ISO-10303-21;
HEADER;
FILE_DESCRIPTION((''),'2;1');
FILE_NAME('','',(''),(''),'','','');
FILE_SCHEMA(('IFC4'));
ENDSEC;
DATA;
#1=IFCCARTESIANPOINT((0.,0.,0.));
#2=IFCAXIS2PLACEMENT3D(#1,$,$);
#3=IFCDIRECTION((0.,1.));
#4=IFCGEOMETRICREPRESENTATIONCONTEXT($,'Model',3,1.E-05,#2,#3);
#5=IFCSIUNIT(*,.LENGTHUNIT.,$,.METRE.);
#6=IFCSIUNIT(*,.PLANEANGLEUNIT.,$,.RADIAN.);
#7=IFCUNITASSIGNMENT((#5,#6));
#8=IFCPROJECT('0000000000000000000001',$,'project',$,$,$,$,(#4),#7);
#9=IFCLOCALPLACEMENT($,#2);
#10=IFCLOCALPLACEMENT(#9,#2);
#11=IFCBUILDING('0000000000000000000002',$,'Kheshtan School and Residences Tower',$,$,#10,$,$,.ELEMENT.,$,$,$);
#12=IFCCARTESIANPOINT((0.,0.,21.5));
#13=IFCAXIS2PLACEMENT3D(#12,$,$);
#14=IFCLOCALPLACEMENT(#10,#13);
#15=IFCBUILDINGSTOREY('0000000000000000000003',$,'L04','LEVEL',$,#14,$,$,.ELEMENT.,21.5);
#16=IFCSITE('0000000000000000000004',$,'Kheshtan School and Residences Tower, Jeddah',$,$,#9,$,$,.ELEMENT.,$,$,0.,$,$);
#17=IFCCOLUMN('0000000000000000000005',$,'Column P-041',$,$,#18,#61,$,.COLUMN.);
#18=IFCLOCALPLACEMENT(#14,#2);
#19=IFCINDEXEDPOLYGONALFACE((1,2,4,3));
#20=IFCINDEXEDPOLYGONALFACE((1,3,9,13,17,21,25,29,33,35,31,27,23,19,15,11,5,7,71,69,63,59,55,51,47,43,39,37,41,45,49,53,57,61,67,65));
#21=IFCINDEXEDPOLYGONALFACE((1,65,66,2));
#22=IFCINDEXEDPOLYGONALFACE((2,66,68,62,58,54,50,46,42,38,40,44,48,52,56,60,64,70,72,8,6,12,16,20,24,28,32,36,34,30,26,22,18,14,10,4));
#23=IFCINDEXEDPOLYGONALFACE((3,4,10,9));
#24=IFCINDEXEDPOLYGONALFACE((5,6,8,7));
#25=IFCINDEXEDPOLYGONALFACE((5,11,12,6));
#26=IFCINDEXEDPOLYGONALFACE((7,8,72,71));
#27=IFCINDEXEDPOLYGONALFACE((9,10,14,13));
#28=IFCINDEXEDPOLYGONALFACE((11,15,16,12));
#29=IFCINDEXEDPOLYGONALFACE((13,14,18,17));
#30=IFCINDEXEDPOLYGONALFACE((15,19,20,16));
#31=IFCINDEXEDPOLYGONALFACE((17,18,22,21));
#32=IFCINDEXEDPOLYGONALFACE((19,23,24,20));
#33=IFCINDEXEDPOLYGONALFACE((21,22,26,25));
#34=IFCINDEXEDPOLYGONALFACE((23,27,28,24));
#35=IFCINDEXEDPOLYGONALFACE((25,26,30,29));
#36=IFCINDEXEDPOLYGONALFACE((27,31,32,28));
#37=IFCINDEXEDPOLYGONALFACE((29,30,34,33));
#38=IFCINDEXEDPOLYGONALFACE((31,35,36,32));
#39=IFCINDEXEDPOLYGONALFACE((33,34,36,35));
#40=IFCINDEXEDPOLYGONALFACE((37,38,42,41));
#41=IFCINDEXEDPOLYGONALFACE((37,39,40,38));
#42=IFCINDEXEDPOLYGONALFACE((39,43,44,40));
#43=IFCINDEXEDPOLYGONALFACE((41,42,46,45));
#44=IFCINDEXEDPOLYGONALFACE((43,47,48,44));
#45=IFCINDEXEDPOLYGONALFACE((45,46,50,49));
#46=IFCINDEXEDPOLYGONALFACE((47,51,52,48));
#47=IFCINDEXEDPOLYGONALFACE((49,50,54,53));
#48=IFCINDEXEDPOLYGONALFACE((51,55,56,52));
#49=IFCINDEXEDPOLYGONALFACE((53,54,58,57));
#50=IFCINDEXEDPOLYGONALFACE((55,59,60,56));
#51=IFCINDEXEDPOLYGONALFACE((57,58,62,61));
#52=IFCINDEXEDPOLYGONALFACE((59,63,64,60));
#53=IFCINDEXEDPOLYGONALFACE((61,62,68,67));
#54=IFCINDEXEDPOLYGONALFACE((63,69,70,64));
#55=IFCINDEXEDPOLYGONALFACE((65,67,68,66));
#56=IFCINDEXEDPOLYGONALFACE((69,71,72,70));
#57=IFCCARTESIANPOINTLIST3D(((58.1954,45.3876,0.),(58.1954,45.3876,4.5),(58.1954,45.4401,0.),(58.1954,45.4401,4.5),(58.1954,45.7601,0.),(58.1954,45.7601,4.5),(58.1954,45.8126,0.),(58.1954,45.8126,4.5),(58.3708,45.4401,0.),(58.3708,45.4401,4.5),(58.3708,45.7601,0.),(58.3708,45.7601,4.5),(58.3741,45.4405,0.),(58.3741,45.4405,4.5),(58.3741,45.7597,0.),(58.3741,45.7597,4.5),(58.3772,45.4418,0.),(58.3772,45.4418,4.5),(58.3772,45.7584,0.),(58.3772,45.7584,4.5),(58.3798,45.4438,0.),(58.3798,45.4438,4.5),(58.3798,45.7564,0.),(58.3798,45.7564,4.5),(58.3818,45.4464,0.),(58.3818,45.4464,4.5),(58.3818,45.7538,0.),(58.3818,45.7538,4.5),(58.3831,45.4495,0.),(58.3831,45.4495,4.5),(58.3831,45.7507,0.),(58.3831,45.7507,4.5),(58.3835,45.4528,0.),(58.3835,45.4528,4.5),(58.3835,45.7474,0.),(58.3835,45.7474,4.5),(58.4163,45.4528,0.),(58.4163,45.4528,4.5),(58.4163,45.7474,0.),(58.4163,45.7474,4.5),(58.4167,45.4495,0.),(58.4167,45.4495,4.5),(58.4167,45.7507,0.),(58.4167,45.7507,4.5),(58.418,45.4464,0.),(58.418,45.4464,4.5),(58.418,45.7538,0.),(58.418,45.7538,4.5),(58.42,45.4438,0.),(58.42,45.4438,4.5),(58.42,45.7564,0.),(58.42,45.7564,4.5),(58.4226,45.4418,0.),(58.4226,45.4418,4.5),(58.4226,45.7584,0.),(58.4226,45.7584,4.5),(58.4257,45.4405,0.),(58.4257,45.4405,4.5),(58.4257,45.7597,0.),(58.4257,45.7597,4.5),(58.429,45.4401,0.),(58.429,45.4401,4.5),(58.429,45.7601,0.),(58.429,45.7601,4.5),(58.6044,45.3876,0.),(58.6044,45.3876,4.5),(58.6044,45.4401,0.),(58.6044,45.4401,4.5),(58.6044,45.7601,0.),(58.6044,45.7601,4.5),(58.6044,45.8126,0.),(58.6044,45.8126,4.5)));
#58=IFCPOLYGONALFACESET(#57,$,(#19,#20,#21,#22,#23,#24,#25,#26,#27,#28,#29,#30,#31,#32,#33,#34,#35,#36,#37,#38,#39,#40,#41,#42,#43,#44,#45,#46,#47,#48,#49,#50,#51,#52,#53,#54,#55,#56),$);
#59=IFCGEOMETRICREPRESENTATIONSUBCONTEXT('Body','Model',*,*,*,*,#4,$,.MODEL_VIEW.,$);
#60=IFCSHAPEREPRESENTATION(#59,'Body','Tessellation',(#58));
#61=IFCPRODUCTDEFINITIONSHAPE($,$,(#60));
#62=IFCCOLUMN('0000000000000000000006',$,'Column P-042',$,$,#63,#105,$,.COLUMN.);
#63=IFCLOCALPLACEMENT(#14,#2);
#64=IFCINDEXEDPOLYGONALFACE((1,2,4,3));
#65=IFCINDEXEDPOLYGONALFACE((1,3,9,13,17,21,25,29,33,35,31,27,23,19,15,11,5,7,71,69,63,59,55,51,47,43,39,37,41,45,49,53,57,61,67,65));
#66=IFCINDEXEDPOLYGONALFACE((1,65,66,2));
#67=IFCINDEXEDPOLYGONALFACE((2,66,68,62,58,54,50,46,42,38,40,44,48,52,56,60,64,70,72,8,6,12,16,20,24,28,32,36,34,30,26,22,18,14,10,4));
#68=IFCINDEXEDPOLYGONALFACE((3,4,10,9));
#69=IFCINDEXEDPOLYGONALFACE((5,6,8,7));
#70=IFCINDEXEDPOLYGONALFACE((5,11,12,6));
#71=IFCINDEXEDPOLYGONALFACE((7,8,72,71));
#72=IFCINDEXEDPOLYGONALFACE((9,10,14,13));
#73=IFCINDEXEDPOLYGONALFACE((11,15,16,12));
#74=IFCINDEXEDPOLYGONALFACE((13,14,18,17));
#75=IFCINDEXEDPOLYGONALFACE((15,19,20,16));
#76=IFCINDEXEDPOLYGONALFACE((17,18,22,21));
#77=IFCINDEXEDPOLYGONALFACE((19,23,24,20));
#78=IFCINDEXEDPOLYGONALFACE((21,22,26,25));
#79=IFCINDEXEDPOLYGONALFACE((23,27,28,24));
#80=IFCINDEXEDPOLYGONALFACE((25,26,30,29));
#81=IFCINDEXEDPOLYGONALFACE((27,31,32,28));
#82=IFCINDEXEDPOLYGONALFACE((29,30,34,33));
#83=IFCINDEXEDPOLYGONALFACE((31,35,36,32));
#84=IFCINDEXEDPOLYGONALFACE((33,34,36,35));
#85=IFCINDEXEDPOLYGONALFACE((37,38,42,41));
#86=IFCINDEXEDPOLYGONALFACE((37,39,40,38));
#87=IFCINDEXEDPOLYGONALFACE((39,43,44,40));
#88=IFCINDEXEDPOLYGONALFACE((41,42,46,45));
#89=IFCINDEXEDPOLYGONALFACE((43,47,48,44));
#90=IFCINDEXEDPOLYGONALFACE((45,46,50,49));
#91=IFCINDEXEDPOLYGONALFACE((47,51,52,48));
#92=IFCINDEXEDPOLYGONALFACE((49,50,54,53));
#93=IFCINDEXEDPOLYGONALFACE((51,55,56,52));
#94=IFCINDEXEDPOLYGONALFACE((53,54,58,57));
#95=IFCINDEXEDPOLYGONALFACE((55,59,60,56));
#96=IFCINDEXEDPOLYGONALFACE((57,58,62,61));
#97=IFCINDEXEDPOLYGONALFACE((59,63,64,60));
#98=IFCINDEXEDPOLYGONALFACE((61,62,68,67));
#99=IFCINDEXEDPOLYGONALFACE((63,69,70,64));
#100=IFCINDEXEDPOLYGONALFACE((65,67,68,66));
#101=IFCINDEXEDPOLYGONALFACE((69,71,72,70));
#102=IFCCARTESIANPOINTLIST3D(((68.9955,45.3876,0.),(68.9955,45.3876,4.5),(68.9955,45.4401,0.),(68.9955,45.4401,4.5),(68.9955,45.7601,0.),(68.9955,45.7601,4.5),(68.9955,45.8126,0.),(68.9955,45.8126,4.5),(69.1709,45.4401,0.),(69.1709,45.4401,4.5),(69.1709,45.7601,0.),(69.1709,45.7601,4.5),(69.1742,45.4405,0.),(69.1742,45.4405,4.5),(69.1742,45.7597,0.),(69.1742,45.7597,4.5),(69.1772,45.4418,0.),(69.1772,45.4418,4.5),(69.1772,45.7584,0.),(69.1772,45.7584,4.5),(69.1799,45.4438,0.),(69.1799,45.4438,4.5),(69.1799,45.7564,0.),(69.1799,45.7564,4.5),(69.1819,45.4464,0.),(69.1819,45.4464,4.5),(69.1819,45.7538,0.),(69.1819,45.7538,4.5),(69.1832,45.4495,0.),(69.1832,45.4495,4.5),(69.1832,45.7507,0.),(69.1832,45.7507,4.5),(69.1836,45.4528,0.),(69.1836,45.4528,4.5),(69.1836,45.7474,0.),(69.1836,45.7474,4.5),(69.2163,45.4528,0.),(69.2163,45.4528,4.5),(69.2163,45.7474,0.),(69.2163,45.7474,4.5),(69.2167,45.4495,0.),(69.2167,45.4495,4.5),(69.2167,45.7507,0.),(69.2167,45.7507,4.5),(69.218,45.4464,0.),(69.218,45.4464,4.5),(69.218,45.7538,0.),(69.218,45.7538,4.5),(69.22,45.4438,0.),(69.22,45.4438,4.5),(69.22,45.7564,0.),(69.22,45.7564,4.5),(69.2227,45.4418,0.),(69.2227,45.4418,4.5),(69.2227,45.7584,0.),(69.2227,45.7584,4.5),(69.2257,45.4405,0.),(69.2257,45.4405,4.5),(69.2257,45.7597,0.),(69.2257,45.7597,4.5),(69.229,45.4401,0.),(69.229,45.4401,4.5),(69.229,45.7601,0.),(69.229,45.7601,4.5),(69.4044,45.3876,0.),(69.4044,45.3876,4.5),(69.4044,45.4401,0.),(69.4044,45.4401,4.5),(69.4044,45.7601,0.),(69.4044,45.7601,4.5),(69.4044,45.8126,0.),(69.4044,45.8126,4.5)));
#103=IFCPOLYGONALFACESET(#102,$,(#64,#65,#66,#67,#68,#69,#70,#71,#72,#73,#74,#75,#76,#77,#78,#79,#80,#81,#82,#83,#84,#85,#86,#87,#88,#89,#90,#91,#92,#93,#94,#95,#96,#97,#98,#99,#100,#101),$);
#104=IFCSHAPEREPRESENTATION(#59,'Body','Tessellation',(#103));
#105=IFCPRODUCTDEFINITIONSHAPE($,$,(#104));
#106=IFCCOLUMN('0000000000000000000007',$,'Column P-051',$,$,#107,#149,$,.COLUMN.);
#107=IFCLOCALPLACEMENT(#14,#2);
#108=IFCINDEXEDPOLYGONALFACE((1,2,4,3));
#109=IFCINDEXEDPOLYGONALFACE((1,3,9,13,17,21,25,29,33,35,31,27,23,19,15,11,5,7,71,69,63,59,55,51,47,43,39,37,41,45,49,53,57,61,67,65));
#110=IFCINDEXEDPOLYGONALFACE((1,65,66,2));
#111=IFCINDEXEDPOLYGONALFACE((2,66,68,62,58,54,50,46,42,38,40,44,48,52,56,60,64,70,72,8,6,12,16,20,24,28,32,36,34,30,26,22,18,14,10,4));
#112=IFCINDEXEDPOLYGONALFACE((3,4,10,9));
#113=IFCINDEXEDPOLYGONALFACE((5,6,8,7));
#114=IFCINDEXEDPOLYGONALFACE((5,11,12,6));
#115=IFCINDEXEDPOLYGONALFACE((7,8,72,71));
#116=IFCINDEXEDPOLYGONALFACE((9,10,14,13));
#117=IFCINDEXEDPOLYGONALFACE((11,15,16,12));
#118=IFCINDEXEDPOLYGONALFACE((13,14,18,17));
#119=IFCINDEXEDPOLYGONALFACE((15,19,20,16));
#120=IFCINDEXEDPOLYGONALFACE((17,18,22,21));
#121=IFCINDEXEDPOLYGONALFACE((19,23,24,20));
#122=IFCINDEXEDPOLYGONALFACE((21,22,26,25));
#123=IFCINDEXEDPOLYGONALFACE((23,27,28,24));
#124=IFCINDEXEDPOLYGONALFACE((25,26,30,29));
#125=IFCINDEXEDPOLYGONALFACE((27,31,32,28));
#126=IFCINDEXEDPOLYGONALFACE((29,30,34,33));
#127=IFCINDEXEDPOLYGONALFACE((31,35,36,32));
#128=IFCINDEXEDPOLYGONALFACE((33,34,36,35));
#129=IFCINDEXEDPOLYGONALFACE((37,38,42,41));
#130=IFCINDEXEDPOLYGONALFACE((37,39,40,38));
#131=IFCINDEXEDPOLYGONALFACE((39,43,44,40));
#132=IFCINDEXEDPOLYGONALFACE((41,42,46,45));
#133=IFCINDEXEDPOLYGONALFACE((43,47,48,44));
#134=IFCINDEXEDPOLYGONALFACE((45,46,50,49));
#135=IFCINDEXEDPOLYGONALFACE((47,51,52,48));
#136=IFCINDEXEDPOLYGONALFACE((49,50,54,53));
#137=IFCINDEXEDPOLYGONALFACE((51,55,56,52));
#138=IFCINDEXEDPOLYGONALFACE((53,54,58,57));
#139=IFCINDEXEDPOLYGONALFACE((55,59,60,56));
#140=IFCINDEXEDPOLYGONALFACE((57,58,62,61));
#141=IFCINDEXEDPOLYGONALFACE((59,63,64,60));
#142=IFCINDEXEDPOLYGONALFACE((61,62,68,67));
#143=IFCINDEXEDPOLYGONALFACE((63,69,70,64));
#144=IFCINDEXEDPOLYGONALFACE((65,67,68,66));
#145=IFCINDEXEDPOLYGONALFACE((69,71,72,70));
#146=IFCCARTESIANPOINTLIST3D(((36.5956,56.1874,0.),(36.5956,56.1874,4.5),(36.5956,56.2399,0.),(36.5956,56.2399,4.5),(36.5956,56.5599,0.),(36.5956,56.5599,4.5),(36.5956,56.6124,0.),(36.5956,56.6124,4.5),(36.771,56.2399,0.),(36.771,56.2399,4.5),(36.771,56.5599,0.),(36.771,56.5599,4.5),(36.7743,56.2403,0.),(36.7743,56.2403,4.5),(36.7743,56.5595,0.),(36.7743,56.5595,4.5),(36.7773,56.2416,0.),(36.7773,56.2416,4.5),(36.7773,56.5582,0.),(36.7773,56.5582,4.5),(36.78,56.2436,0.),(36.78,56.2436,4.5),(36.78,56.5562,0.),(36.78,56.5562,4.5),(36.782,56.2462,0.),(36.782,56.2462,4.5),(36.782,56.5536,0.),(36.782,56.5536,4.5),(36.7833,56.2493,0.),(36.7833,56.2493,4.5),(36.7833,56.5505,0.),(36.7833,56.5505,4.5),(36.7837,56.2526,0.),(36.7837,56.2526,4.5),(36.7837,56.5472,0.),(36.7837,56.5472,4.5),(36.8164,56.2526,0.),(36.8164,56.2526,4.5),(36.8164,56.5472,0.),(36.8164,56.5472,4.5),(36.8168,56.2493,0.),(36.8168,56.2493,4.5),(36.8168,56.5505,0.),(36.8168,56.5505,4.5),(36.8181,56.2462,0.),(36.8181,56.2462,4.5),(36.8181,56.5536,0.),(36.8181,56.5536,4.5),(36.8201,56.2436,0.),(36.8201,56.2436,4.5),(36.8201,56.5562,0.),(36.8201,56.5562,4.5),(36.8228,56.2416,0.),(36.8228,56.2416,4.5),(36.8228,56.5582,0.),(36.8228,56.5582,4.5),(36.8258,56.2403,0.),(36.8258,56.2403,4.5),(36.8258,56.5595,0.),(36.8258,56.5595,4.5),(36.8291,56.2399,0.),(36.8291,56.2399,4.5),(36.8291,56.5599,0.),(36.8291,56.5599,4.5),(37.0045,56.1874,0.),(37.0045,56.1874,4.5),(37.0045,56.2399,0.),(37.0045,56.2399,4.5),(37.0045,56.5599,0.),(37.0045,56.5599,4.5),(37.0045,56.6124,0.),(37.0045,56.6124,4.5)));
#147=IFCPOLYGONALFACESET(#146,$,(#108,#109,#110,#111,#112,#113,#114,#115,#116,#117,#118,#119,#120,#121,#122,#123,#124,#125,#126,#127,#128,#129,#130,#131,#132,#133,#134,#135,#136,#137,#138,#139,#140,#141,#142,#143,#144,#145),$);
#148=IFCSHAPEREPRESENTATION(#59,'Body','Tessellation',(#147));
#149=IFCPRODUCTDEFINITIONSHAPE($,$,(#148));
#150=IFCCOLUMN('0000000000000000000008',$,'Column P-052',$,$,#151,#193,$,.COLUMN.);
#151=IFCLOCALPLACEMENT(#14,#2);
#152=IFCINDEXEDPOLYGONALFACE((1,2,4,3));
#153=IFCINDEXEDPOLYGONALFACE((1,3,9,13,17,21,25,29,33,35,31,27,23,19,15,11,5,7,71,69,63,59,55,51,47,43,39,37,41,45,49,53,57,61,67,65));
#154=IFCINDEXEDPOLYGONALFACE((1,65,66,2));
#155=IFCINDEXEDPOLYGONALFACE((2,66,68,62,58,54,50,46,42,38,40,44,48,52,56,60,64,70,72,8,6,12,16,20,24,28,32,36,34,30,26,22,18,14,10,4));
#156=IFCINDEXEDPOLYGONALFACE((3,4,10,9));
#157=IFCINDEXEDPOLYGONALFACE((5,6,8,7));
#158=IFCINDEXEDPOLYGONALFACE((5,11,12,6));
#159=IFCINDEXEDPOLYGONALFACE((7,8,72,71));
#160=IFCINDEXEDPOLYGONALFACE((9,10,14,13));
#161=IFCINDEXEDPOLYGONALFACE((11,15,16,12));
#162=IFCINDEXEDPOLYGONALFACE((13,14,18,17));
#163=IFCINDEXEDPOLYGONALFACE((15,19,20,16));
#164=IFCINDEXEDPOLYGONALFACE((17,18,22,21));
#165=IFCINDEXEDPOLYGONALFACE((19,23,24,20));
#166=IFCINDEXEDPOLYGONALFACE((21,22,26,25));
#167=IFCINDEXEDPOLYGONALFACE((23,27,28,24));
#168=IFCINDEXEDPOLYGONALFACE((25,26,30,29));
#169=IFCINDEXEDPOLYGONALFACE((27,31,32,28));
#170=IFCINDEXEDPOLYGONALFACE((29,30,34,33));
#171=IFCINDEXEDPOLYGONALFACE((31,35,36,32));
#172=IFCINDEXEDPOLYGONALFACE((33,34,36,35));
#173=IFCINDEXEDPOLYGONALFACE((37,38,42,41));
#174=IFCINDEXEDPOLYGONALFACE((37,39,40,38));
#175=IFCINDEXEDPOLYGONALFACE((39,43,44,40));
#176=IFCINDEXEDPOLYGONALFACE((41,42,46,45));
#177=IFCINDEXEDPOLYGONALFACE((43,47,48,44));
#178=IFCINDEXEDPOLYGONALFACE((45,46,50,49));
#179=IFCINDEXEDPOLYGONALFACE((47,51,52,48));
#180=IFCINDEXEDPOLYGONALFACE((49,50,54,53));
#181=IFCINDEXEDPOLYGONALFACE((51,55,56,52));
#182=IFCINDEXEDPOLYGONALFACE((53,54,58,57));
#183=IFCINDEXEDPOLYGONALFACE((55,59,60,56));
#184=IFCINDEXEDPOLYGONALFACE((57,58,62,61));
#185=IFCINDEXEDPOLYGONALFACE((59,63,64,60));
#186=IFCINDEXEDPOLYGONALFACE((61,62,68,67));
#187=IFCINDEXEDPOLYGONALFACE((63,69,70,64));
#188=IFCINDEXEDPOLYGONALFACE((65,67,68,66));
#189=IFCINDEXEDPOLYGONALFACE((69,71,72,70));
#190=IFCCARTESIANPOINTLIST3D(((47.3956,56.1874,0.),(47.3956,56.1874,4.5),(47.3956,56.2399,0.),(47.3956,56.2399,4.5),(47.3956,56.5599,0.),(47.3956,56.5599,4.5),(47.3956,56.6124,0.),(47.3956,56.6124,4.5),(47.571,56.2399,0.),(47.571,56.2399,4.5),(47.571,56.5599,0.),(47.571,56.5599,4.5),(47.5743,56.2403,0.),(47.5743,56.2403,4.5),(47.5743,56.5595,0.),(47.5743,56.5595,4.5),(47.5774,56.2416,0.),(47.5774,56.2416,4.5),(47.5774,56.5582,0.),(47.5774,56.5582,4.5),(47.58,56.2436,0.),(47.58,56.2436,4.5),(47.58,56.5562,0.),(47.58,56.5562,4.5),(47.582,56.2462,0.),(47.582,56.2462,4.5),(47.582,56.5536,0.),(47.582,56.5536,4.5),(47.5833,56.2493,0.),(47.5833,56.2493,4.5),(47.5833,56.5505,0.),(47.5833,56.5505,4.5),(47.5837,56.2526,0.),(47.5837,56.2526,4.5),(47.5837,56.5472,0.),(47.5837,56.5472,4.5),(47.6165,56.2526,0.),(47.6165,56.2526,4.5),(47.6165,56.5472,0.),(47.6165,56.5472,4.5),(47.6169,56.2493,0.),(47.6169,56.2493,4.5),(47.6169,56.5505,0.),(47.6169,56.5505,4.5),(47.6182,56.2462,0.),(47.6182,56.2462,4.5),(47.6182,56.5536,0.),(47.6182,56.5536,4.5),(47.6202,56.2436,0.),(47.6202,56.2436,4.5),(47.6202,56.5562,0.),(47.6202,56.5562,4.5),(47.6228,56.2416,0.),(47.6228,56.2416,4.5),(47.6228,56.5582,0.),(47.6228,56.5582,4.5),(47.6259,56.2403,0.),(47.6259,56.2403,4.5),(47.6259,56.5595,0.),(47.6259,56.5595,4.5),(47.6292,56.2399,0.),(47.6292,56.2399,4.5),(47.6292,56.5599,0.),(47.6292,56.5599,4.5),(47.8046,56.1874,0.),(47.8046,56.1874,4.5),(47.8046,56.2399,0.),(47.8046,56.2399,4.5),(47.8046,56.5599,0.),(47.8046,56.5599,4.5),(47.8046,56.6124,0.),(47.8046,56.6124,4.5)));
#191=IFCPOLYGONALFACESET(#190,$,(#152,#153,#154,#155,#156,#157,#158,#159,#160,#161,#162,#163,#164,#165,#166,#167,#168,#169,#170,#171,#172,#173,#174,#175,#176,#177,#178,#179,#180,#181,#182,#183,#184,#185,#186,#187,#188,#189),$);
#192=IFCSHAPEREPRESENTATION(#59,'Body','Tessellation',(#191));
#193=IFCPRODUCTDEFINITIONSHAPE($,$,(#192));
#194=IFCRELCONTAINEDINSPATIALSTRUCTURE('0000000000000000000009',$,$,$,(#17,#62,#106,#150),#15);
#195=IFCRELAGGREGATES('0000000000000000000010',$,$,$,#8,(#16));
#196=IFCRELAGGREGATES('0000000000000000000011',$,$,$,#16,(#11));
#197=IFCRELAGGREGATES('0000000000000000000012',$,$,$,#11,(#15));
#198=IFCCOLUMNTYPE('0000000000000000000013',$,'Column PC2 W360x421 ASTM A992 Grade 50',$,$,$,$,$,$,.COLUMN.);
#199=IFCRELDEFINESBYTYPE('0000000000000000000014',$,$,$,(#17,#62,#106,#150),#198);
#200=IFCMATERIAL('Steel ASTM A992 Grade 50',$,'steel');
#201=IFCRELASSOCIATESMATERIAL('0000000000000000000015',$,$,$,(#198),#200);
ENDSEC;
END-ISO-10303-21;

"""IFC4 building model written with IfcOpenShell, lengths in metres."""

from ifc_helpers import new_model, si_unit, direction, frame, origin, origin_2d, place, context, subcontext, project, spatial, i_section, extrude, material, material_profile, profile_set, type_object, element, save


model = new_model("IFC4")

# Units and contexts
model_context = context("Model", 3, precision=1e-05, world=origin(), true_north=direction((0.0, 1.0)))
body_context = subcontext(model_context, "Body", "Model", "MODEL_VIEW")
ifc_project = project(units=[si_unit("LENGTHUNIT", "METRE"), si_unit("PLANEANGLEUNIT", "RADIAN")], contexts=[model_context])

# Site, building, storey
site_placement = place(None, origin())
site = spatial("IfcSite", under=ifc_project, at=site_placement, Name="Kheshtan School and Residences Tower, Jeddah", CompositionType="ELEMENT", RefElevation=0.0)
building_placement = place(site_placement, origin())
building = spatial("IfcBuilding", under=site, at=building_placement, Name="Kheshtan School and Residences Tower", CompositionType="ELEMENT")
storey_placement = place(building_placement, frame((0.0, 0.0, 21.5)))
storey = spatial("IfcBuildingStorey", under=building, at=storey_placement, Name="L04", Description="LEVEL", CompositionType="ELEMENT", Elevation=21.5)

# Columns
ifc_material_1 = material(Name="Steel ASTM A992 Grade 50", Category="steel")
ifc_material_profile = material_profile(ifc_material_1, i_section(OverallWidth=0.4089, OverallDepth=0.425, WebThickness=0.0327, FlangeThickness=0.0525, FilletRadius=0.0127, at=origin_2d()), Name="W360x421")
ifc_profile_set = profile_set([ifc_material_profile], Name="Steel ASTM A992 Grade 50")
column_type = type_object("IfcColumnType", Name="Column PC2 W360x421 ASTM A992 Grade 50", PredefinedType="COLUMN", material=ifc_profile_set)
for number, where, z_axis, x_axis, name in (
    (1, (58.3999, 45.6001, 0.0), (0.0, 0.0, 1.0), (1.0, 0.0, 0.0), "Column P-041"),
    (2, (69.2, 45.6001, 0.0), (0.0, 0.0, 1.0), (1.0, 0.0, 0.0), "Column P-042"),
    (3, (36.8, 56.3999, 0.0), (0.0, 0.0, 1.0), (1.0, 0.0, 0.0), "Column P-051"),
    (4, (47.6001, 56.3999, 0.0), (0.0, 0.0, 1.0), (1.0, 0.0, 0.0), "Column P-052"),
):
    element("IfcColumn", number, at=place(storey_placement, frame(where, z_axis=z_axis, x_axis=x_axis)), inside=storey, type_object=column_type, Name=name, PredefinedType="COLUMN", context=body_context, shape_type="SweptSolid", body=[
        extrude(i_section(OverallWidth=0.4089, OverallDepth=0.425, WebThickness=0.0327, FlangeThickness=0.0525, FilletRadius=0.0127, at=origin_2d()), origin(), (0.0, 0.0, 1.0), 4.5),
    ])

save(model, "model.ifc")
